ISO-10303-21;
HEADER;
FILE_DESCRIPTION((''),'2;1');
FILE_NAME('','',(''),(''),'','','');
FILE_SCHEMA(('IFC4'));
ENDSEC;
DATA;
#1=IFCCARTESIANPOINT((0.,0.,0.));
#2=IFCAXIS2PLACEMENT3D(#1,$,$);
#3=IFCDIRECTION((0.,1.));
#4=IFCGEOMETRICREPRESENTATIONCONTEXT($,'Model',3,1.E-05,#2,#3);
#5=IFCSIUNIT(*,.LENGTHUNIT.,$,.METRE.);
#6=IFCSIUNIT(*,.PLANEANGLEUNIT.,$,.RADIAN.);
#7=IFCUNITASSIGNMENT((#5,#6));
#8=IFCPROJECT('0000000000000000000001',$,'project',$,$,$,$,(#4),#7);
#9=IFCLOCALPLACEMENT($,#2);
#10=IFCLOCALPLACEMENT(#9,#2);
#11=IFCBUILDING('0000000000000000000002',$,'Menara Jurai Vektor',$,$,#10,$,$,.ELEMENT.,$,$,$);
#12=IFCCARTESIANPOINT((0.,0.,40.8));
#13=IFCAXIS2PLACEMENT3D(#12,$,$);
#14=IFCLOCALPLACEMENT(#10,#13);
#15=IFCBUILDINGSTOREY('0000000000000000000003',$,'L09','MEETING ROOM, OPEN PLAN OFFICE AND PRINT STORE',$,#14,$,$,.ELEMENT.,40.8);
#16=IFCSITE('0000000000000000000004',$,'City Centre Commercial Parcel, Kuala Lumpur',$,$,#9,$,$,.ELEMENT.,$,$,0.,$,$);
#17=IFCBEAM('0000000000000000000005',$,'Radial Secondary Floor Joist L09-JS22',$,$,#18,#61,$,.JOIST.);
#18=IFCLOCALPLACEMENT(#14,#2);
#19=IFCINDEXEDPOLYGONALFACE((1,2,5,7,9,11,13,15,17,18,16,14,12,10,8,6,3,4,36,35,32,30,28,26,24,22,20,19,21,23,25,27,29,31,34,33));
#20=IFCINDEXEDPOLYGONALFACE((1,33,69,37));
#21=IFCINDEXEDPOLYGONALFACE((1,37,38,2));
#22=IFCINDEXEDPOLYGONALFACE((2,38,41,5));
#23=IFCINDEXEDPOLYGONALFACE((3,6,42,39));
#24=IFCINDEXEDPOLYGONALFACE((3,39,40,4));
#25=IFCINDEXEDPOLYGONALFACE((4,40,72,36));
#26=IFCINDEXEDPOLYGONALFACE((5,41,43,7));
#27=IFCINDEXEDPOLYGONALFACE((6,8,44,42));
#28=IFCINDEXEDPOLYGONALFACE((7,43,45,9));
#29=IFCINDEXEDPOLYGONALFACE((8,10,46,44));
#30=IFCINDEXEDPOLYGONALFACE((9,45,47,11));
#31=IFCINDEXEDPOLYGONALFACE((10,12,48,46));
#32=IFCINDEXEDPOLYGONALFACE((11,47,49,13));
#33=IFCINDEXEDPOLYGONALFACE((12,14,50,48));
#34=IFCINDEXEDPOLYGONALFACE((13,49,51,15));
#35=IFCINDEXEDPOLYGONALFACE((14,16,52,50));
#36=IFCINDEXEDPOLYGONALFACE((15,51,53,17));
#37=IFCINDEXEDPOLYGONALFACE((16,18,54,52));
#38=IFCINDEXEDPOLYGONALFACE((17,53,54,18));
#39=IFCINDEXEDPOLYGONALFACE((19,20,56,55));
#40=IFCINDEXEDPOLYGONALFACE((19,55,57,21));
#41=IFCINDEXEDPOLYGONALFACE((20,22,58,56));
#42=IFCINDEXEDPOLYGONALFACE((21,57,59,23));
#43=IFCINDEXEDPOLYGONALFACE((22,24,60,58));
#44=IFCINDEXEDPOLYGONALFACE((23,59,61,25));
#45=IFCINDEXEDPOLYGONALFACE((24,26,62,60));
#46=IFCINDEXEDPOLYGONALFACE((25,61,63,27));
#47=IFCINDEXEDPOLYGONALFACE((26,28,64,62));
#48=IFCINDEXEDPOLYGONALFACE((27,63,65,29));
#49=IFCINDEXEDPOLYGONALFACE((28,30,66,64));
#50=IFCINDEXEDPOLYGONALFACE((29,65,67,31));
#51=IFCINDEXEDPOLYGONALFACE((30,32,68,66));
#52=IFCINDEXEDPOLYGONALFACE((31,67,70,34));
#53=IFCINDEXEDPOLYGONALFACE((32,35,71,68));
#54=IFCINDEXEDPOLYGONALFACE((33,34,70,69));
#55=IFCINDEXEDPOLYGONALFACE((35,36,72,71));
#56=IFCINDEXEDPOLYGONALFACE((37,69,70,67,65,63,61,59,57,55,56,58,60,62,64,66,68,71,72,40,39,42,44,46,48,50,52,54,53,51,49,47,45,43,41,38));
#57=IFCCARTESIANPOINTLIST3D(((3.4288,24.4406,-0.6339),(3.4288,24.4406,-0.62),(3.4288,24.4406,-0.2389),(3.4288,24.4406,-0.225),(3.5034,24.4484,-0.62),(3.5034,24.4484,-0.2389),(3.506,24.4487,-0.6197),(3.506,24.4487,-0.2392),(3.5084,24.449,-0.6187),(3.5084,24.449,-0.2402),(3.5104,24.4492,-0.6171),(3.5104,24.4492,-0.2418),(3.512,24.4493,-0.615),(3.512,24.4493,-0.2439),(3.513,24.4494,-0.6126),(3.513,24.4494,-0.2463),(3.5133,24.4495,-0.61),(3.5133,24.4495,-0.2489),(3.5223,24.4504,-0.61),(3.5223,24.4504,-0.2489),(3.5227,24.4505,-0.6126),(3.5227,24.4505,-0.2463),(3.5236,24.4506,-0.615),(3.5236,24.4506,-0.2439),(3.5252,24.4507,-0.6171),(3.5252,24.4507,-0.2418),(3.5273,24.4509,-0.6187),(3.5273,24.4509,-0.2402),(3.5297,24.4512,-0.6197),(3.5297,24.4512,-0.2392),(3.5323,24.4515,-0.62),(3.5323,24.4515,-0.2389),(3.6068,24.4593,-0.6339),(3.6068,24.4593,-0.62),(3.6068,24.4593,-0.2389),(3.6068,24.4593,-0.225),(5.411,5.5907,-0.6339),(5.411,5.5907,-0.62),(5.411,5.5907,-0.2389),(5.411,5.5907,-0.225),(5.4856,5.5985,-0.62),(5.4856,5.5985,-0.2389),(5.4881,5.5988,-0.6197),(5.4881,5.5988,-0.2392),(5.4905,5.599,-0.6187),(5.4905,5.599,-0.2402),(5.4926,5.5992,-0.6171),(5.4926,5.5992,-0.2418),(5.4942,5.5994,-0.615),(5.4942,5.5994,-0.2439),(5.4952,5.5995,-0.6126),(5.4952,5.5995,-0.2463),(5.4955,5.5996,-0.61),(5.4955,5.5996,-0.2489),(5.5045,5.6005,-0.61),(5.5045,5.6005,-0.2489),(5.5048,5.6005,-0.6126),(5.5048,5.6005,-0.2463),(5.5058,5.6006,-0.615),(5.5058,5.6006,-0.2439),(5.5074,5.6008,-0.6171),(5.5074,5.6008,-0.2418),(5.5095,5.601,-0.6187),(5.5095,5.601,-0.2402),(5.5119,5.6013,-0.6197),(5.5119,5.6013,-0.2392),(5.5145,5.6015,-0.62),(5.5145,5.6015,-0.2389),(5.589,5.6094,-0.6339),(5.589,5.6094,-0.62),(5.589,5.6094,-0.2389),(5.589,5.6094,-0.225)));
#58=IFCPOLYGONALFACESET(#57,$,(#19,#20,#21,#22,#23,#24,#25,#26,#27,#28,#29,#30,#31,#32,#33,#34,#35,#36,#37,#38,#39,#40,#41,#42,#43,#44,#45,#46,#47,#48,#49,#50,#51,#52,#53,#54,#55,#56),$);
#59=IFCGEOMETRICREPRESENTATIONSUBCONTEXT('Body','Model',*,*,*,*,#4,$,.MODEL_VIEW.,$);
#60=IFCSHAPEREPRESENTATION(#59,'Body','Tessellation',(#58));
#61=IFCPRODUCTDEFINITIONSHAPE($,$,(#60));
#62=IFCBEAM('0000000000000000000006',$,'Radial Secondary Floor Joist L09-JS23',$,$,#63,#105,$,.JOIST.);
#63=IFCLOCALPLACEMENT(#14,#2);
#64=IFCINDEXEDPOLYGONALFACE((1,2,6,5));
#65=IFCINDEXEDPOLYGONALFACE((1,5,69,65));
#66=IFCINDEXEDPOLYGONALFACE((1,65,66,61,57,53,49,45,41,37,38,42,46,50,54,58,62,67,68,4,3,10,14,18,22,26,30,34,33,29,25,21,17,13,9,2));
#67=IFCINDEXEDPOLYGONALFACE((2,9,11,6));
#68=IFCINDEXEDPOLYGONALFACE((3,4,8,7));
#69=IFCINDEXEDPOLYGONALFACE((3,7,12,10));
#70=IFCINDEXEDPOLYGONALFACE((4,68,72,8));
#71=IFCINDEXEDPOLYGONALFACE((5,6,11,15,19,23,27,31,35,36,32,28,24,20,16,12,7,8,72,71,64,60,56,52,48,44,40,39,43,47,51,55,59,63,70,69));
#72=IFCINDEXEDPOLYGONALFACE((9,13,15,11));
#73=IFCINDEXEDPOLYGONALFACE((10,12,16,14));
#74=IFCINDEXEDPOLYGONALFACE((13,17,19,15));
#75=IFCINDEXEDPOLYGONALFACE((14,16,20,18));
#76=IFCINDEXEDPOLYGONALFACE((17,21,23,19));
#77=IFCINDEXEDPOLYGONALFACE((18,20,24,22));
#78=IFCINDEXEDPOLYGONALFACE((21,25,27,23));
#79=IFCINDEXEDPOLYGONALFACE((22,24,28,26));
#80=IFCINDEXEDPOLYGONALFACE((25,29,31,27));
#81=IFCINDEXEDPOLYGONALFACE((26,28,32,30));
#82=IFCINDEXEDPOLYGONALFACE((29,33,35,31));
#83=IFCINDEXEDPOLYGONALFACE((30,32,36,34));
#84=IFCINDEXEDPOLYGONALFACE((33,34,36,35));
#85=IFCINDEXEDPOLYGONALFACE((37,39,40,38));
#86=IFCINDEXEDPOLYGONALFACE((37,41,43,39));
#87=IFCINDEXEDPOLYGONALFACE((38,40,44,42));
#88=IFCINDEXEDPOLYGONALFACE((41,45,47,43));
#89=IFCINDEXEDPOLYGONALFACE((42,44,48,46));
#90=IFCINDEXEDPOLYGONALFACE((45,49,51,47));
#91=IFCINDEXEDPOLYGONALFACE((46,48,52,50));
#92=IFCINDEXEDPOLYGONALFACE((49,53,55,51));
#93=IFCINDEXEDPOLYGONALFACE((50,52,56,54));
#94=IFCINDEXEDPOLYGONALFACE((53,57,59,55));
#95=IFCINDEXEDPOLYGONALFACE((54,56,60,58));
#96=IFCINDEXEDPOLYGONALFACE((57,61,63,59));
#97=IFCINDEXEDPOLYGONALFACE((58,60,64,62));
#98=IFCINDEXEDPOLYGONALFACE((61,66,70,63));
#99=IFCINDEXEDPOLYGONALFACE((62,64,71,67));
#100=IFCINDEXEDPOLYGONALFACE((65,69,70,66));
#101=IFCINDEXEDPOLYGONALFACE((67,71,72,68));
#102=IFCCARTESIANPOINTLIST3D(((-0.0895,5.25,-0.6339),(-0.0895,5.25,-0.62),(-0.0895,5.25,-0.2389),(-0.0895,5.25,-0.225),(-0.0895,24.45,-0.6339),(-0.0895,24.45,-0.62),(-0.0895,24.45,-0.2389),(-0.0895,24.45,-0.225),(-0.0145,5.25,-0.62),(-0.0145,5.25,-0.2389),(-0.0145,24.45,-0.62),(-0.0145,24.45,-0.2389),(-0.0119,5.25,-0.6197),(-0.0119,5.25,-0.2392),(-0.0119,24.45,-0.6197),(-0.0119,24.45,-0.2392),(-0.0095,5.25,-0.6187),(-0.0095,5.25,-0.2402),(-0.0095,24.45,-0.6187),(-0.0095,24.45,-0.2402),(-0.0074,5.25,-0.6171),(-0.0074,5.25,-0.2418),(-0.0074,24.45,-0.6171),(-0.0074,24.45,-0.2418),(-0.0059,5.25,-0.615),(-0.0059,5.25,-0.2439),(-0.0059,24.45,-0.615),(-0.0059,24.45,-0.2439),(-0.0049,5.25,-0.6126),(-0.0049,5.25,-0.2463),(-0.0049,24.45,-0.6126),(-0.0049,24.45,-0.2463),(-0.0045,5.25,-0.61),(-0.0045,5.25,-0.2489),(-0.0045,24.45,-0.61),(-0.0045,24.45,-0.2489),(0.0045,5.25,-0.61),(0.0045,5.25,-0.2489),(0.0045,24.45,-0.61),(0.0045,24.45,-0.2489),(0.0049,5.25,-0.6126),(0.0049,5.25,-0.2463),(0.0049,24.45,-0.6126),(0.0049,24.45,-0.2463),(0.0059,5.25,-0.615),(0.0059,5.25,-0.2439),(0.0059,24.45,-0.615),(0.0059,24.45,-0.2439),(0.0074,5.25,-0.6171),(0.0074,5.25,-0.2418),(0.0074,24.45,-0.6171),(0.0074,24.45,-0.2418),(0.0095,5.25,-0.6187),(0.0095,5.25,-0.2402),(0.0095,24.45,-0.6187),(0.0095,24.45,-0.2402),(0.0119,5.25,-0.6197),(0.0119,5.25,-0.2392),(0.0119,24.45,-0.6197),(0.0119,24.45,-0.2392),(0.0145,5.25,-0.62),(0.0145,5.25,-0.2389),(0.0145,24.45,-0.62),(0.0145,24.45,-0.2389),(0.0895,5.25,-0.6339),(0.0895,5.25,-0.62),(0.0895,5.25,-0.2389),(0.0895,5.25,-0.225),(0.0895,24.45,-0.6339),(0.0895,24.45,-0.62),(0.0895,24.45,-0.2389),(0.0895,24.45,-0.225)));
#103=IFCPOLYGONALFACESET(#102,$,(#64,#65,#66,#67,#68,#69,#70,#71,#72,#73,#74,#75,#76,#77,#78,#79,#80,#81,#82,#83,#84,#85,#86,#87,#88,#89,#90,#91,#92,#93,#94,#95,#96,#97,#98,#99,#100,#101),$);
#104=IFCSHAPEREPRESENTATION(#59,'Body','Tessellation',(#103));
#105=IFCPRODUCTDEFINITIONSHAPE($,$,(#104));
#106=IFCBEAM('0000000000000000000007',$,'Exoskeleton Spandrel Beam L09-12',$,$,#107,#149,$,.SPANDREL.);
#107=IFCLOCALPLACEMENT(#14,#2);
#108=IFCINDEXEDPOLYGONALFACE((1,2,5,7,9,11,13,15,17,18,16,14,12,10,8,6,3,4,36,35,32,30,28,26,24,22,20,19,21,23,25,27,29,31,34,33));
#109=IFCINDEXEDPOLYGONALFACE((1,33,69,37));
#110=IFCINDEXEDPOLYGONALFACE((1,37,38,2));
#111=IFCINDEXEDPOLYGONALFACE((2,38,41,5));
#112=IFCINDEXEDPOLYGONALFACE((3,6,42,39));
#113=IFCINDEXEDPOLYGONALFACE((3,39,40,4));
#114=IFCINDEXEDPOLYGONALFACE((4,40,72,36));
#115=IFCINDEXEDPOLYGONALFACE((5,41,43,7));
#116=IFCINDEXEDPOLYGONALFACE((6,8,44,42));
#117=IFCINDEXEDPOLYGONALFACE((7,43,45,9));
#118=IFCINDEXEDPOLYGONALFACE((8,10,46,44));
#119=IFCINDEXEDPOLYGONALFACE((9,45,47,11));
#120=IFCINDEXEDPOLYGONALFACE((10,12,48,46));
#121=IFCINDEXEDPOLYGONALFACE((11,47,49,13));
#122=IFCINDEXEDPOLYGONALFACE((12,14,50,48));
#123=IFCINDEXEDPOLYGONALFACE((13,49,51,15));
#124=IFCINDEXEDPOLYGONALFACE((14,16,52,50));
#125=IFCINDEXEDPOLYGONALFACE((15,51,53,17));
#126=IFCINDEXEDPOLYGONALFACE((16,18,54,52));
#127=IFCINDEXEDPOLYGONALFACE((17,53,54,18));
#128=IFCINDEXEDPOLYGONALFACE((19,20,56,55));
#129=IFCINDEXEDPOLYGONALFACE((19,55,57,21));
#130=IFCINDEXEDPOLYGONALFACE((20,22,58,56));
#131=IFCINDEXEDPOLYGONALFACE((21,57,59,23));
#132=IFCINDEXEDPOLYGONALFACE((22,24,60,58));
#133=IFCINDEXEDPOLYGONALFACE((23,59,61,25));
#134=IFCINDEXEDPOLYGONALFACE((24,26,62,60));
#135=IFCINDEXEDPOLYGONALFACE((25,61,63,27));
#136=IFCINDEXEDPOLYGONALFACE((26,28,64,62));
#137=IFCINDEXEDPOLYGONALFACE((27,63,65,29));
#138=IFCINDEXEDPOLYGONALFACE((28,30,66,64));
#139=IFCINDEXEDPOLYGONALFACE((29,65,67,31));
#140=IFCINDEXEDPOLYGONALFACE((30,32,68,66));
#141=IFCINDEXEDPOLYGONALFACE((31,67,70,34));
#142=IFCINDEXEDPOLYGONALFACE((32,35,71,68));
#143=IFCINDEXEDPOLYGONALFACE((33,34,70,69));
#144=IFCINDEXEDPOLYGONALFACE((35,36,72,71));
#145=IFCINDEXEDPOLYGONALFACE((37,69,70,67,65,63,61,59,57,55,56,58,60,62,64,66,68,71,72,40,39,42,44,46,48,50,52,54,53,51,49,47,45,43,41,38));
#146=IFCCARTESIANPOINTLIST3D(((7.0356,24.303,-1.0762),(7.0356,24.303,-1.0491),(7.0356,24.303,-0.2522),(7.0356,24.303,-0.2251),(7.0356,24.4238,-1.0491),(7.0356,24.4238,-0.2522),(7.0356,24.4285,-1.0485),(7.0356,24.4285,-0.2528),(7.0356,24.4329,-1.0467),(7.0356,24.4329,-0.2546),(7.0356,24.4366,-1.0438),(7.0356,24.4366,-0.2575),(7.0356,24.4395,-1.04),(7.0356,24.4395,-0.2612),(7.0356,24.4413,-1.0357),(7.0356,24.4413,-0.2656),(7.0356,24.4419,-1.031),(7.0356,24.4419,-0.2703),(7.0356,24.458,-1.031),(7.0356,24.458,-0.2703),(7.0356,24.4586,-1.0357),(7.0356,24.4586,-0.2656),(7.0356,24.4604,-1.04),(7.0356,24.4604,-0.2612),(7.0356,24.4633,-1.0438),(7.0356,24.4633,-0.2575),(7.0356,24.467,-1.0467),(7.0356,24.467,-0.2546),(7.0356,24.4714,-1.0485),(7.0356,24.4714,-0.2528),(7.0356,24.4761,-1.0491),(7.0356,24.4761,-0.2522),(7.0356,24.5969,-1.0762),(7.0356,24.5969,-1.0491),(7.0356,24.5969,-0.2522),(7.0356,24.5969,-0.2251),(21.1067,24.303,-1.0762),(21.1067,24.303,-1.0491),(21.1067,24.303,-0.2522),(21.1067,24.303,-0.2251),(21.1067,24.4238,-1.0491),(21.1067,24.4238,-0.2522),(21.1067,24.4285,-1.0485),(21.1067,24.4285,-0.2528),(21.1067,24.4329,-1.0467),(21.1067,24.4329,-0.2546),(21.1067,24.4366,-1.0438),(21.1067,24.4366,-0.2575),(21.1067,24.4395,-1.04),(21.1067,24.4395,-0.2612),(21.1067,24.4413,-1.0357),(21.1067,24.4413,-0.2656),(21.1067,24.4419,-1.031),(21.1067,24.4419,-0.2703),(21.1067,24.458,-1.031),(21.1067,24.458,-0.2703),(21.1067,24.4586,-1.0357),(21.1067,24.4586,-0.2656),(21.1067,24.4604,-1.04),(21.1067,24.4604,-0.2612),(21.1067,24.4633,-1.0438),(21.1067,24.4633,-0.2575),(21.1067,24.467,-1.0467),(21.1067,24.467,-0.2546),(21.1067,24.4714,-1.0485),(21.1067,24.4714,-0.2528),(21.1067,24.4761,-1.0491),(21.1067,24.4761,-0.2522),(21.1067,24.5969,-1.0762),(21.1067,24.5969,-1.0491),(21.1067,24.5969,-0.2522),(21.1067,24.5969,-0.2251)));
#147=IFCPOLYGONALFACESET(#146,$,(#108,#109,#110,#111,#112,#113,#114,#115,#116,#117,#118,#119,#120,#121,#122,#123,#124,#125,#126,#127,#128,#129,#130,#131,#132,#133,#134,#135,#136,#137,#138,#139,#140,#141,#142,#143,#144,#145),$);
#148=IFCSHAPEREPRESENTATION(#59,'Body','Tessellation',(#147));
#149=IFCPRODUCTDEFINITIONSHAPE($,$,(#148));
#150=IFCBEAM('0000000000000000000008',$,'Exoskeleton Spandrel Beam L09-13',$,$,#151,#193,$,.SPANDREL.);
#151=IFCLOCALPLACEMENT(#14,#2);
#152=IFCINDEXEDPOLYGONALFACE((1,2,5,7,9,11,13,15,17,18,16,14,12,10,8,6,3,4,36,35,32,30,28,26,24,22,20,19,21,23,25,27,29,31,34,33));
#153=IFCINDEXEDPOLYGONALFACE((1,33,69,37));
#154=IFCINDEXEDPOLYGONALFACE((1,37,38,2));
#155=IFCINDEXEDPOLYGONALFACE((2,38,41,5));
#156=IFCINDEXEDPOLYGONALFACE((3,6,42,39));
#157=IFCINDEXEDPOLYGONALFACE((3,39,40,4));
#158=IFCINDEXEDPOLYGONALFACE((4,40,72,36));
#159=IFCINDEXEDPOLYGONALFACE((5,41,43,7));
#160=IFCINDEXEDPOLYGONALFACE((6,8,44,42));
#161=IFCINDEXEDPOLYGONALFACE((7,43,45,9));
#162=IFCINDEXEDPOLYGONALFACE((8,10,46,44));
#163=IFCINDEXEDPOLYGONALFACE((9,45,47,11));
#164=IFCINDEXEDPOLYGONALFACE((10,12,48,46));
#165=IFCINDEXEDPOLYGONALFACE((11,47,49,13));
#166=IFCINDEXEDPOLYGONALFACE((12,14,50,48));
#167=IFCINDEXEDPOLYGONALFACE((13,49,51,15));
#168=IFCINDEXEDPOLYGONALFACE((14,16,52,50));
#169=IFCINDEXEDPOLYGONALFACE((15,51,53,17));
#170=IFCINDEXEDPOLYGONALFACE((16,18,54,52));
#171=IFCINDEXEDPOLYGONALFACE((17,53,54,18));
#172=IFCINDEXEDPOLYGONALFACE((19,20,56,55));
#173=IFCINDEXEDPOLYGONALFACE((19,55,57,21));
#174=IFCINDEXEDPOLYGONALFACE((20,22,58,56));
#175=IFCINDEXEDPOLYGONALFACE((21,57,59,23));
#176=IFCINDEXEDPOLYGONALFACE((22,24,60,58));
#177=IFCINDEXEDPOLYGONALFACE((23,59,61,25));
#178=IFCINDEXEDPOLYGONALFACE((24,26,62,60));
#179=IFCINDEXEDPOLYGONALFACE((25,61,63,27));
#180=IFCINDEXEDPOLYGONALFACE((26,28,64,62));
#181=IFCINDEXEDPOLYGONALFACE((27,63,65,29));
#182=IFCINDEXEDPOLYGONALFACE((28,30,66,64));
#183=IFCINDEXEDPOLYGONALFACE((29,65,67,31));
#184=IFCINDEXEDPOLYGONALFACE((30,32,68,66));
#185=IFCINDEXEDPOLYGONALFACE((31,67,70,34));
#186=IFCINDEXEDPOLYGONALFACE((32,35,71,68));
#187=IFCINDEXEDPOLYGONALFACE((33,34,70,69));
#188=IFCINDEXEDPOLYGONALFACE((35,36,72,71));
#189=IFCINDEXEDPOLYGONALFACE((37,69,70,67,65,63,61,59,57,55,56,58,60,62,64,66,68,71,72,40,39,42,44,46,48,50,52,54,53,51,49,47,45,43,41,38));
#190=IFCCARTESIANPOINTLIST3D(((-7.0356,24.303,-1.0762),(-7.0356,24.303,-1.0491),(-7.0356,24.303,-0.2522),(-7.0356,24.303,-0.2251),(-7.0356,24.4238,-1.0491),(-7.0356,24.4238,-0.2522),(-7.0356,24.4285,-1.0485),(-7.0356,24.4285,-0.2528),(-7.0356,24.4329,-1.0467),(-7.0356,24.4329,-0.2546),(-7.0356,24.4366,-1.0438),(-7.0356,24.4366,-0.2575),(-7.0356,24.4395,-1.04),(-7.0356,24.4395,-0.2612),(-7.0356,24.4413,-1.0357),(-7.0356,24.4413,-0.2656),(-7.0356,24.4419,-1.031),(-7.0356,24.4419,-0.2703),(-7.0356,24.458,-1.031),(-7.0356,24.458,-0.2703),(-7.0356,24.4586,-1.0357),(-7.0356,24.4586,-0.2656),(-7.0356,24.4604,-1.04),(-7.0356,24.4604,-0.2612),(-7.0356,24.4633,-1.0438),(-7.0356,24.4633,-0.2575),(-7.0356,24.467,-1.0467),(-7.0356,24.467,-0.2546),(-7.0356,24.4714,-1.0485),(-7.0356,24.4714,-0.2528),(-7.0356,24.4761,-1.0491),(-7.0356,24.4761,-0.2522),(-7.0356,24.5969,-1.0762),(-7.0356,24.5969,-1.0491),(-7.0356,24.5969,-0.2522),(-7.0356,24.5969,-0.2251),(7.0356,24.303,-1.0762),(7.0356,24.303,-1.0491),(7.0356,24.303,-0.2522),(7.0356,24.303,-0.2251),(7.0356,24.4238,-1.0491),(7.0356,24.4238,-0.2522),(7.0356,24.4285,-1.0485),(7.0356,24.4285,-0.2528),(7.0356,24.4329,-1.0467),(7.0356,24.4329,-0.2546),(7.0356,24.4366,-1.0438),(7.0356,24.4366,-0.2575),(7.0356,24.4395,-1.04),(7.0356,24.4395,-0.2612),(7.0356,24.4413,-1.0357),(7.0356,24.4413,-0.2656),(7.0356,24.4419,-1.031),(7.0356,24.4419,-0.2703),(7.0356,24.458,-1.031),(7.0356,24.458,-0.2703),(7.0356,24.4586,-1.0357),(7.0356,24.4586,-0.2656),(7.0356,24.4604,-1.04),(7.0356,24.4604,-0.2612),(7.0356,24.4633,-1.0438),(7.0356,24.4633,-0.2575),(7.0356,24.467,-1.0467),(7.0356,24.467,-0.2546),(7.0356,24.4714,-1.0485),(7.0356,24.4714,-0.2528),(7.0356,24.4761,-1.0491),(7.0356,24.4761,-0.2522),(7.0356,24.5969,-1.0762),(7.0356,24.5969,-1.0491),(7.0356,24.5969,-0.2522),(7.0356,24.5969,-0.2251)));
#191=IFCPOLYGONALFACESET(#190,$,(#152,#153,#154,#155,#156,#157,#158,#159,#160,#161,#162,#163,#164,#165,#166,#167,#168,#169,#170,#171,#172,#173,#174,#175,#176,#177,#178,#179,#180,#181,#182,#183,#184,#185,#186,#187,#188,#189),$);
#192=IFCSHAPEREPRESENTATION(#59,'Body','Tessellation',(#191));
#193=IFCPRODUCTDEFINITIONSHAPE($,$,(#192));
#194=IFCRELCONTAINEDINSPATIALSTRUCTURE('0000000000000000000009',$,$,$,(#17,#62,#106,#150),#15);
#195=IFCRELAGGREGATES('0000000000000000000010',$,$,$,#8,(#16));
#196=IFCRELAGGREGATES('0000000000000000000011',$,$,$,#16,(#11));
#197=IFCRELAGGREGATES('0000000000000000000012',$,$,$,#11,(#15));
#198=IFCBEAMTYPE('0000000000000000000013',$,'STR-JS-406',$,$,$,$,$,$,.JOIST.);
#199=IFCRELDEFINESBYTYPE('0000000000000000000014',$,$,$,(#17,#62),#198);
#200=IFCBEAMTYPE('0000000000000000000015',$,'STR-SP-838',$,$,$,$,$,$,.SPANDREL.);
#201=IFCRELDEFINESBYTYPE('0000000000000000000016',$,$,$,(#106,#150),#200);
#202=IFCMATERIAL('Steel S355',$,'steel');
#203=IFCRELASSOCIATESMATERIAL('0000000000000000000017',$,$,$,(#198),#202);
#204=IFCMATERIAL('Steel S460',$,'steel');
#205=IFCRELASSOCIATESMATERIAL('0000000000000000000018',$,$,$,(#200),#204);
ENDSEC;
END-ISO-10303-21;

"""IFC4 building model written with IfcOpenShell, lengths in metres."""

from ifc_helpers import new_model, si_unit, direction, frame, origin, origin_2d, place, context, subcontext, project, spatial, i_section, extrude, material, material_profile, profile_set, type_object, element, save


model = new_model("IFC4")

# Units and contexts
model_context = context("Model", 3, precision=1e-05, world=origin(), true_north=direction((0.0, 1.0)))
body_context = subcontext(model_context, "Body", "Model", "MODEL_VIEW")
ifc_project = project(units=[si_unit("LENGTHUNIT", "METRE"), si_unit("PLANEANGLEUNIT", "RADIAN")], contexts=[model_context])

# Site, building, storey
site_placement = place(None, origin())
site = spatial("IfcSite", under=ifc_project, at=site_placement, Name="City Centre Commercial Parcel, Kuala Lumpur", CompositionType="ELEMENT", RefElevation=0.0)
building_placement = place(site_placement, origin())
building = spatial("IfcBuilding", under=site, at=building_placement, Name="Menara Jurai Vektor", CompositionType="ELEMENT")
storey_placement = place(building_placement, frame((0.0, 0.0, 40.8)))
storey = spatial("IfcBuildingStorey", under=building, at=storey_placement, Name="L09", Description="MEETING ROOM, OPEN PLAN OFFICE AND PRINT STORE", CompositionType="ELEMENT", Elevation=40.8)

# Shared definitions
ifc_material_1 = material(Name="Steel S460", Category="steel")

# Beams
ifc_material_2 = material(Name="Steel S355", Category="steel")
ifc_material_profile_1 = material_profile(ifc_material_2, i_section(OverallWidth=0.179, OverallDepth=0.4089, WebThickness=0.009, FlangeThickness=0.0139, FilletRadius=0.01, at=origin_2d()), Name="UKB 406x178x67")
ifc_profile_set_1 = profile_set([ifc_material_profile_1], Name="Steel S355")
beam_type_1 = type_object("IfcBeamType", Name="STR-JS-406", PredefinedType="JOIST", material=ifc_profile_set_1)
beam_1_placement = place(storey_placement, frame((3.5178, 24.45, -0.4294), z_axis=(0.10458, -0.994517, 0.0), x_axis=(0.994517, 0.10458, 0.0)))
element("IfcBeam", 1, at=beam_1_placement, inside=storey, type_object=beam_type_1, Name="Radial Secondary Floor Joist L09-JS22", PredefinedType="JOIST", context=body_context, shape_type="SweptSolid", body=[
    extrude(i_section(OverallWidth=0.179, OverallDepth=0.4089, WebThickness=0.009, FlangeThickness=0.0139, FilletRadius=0.01, at=origin_2d()), origin(), (0.0, 0.0, 1.0), 18.9539),
])
beam_2_placement = place(storey_placement, frame((0.0, 24.45, -0.4294), z_axis=(0.0, -1.0, 0.0), x_axis=(1.0, 0.0, 0.0)))
element("IfcBeam", 2, at=beam_2_placement, inside=storey, type_object=beam_type_1, Name="Radial Secondary Floor Joist L09-JS23", PredefinedType="JOIST", context=body_context, shape_type="SweptSolid", body=[
    extrude(i_section(OverallWidth=0.179, OverallDepth=0.4089, WebThickness=0.009, FlangeThickness=0.0139, FilletRadius=0.01, at=origin_2d()), origin(), (0.0, 0.0, 1.0), 19.2),
])
ifc_material_profile_2 = material_profile(ifc_material_1, i_section(OverallWidth=0.2939, OverallDepth=0.8511, WebThickness=0.0161, FlangeThickness=0.0271, FilletRadius=0.0181, at=origin_2d()), Name="UKB 838x292x226")
ifc_profile_set_2 = profile_set([ifc_material_profile_2], Name="Steel S460")
beam_type_2 = type_object("IfcBeamType", Name="STR-SP-838", PredefinedType="SPANDREL", material=ifc_profile_set_2)
beam_3_placement = place(storey_placement, frame((21.1067, 24.45, -0.6506), z_axis=(-1.0, 0.0, 0.0), x_axis=(0.0, -1.0, 0.0)))
element("IfcBeam", 3, at=beam_3_placement, inside=storey, type_object=beam_type_2, Name="Exoskeleton Spandrel Beam L09-12", PredefinedType="SPANDREL", context=body_context, shape_type="SweptSolid", body=[
    extrude(i_section(OverallWidth=0.2939, OverallDepth=0.8511, WebThickness=0.0161, FlangeThickness=0.0271, FilletRadius=0.0181, at=origin_2d()), origin(), (0.0, 0.0, 1.0), 14.071),
])
beam_4_placement = place(storey_placement, frame((7.0356, 24.45, -0.6506), z_axis=(-1.0, 0.0, 0.0), x_axis=(0.0, -1.0, 0.0)))
element("IfcBeam", 4, at=beam_4_placement, inside=storey, type_object=beam_type_2, Name="Exoskeleton Spandrel Beam L09-13", PredefinedType="SPANDREL", context=body_context, shape_type="SweptSolid", body=[
    extrude(i_section(OverallWidth=0.2939, OverallDepth=0.8511, WebThickness=0.0161, FlangeThickness=0.0271, FilletRadius=0.0181, at=origin_2d()), origin(), (0.0, 0.0, 1.0), 14.0713),
])

save(model, "model.ifc")
